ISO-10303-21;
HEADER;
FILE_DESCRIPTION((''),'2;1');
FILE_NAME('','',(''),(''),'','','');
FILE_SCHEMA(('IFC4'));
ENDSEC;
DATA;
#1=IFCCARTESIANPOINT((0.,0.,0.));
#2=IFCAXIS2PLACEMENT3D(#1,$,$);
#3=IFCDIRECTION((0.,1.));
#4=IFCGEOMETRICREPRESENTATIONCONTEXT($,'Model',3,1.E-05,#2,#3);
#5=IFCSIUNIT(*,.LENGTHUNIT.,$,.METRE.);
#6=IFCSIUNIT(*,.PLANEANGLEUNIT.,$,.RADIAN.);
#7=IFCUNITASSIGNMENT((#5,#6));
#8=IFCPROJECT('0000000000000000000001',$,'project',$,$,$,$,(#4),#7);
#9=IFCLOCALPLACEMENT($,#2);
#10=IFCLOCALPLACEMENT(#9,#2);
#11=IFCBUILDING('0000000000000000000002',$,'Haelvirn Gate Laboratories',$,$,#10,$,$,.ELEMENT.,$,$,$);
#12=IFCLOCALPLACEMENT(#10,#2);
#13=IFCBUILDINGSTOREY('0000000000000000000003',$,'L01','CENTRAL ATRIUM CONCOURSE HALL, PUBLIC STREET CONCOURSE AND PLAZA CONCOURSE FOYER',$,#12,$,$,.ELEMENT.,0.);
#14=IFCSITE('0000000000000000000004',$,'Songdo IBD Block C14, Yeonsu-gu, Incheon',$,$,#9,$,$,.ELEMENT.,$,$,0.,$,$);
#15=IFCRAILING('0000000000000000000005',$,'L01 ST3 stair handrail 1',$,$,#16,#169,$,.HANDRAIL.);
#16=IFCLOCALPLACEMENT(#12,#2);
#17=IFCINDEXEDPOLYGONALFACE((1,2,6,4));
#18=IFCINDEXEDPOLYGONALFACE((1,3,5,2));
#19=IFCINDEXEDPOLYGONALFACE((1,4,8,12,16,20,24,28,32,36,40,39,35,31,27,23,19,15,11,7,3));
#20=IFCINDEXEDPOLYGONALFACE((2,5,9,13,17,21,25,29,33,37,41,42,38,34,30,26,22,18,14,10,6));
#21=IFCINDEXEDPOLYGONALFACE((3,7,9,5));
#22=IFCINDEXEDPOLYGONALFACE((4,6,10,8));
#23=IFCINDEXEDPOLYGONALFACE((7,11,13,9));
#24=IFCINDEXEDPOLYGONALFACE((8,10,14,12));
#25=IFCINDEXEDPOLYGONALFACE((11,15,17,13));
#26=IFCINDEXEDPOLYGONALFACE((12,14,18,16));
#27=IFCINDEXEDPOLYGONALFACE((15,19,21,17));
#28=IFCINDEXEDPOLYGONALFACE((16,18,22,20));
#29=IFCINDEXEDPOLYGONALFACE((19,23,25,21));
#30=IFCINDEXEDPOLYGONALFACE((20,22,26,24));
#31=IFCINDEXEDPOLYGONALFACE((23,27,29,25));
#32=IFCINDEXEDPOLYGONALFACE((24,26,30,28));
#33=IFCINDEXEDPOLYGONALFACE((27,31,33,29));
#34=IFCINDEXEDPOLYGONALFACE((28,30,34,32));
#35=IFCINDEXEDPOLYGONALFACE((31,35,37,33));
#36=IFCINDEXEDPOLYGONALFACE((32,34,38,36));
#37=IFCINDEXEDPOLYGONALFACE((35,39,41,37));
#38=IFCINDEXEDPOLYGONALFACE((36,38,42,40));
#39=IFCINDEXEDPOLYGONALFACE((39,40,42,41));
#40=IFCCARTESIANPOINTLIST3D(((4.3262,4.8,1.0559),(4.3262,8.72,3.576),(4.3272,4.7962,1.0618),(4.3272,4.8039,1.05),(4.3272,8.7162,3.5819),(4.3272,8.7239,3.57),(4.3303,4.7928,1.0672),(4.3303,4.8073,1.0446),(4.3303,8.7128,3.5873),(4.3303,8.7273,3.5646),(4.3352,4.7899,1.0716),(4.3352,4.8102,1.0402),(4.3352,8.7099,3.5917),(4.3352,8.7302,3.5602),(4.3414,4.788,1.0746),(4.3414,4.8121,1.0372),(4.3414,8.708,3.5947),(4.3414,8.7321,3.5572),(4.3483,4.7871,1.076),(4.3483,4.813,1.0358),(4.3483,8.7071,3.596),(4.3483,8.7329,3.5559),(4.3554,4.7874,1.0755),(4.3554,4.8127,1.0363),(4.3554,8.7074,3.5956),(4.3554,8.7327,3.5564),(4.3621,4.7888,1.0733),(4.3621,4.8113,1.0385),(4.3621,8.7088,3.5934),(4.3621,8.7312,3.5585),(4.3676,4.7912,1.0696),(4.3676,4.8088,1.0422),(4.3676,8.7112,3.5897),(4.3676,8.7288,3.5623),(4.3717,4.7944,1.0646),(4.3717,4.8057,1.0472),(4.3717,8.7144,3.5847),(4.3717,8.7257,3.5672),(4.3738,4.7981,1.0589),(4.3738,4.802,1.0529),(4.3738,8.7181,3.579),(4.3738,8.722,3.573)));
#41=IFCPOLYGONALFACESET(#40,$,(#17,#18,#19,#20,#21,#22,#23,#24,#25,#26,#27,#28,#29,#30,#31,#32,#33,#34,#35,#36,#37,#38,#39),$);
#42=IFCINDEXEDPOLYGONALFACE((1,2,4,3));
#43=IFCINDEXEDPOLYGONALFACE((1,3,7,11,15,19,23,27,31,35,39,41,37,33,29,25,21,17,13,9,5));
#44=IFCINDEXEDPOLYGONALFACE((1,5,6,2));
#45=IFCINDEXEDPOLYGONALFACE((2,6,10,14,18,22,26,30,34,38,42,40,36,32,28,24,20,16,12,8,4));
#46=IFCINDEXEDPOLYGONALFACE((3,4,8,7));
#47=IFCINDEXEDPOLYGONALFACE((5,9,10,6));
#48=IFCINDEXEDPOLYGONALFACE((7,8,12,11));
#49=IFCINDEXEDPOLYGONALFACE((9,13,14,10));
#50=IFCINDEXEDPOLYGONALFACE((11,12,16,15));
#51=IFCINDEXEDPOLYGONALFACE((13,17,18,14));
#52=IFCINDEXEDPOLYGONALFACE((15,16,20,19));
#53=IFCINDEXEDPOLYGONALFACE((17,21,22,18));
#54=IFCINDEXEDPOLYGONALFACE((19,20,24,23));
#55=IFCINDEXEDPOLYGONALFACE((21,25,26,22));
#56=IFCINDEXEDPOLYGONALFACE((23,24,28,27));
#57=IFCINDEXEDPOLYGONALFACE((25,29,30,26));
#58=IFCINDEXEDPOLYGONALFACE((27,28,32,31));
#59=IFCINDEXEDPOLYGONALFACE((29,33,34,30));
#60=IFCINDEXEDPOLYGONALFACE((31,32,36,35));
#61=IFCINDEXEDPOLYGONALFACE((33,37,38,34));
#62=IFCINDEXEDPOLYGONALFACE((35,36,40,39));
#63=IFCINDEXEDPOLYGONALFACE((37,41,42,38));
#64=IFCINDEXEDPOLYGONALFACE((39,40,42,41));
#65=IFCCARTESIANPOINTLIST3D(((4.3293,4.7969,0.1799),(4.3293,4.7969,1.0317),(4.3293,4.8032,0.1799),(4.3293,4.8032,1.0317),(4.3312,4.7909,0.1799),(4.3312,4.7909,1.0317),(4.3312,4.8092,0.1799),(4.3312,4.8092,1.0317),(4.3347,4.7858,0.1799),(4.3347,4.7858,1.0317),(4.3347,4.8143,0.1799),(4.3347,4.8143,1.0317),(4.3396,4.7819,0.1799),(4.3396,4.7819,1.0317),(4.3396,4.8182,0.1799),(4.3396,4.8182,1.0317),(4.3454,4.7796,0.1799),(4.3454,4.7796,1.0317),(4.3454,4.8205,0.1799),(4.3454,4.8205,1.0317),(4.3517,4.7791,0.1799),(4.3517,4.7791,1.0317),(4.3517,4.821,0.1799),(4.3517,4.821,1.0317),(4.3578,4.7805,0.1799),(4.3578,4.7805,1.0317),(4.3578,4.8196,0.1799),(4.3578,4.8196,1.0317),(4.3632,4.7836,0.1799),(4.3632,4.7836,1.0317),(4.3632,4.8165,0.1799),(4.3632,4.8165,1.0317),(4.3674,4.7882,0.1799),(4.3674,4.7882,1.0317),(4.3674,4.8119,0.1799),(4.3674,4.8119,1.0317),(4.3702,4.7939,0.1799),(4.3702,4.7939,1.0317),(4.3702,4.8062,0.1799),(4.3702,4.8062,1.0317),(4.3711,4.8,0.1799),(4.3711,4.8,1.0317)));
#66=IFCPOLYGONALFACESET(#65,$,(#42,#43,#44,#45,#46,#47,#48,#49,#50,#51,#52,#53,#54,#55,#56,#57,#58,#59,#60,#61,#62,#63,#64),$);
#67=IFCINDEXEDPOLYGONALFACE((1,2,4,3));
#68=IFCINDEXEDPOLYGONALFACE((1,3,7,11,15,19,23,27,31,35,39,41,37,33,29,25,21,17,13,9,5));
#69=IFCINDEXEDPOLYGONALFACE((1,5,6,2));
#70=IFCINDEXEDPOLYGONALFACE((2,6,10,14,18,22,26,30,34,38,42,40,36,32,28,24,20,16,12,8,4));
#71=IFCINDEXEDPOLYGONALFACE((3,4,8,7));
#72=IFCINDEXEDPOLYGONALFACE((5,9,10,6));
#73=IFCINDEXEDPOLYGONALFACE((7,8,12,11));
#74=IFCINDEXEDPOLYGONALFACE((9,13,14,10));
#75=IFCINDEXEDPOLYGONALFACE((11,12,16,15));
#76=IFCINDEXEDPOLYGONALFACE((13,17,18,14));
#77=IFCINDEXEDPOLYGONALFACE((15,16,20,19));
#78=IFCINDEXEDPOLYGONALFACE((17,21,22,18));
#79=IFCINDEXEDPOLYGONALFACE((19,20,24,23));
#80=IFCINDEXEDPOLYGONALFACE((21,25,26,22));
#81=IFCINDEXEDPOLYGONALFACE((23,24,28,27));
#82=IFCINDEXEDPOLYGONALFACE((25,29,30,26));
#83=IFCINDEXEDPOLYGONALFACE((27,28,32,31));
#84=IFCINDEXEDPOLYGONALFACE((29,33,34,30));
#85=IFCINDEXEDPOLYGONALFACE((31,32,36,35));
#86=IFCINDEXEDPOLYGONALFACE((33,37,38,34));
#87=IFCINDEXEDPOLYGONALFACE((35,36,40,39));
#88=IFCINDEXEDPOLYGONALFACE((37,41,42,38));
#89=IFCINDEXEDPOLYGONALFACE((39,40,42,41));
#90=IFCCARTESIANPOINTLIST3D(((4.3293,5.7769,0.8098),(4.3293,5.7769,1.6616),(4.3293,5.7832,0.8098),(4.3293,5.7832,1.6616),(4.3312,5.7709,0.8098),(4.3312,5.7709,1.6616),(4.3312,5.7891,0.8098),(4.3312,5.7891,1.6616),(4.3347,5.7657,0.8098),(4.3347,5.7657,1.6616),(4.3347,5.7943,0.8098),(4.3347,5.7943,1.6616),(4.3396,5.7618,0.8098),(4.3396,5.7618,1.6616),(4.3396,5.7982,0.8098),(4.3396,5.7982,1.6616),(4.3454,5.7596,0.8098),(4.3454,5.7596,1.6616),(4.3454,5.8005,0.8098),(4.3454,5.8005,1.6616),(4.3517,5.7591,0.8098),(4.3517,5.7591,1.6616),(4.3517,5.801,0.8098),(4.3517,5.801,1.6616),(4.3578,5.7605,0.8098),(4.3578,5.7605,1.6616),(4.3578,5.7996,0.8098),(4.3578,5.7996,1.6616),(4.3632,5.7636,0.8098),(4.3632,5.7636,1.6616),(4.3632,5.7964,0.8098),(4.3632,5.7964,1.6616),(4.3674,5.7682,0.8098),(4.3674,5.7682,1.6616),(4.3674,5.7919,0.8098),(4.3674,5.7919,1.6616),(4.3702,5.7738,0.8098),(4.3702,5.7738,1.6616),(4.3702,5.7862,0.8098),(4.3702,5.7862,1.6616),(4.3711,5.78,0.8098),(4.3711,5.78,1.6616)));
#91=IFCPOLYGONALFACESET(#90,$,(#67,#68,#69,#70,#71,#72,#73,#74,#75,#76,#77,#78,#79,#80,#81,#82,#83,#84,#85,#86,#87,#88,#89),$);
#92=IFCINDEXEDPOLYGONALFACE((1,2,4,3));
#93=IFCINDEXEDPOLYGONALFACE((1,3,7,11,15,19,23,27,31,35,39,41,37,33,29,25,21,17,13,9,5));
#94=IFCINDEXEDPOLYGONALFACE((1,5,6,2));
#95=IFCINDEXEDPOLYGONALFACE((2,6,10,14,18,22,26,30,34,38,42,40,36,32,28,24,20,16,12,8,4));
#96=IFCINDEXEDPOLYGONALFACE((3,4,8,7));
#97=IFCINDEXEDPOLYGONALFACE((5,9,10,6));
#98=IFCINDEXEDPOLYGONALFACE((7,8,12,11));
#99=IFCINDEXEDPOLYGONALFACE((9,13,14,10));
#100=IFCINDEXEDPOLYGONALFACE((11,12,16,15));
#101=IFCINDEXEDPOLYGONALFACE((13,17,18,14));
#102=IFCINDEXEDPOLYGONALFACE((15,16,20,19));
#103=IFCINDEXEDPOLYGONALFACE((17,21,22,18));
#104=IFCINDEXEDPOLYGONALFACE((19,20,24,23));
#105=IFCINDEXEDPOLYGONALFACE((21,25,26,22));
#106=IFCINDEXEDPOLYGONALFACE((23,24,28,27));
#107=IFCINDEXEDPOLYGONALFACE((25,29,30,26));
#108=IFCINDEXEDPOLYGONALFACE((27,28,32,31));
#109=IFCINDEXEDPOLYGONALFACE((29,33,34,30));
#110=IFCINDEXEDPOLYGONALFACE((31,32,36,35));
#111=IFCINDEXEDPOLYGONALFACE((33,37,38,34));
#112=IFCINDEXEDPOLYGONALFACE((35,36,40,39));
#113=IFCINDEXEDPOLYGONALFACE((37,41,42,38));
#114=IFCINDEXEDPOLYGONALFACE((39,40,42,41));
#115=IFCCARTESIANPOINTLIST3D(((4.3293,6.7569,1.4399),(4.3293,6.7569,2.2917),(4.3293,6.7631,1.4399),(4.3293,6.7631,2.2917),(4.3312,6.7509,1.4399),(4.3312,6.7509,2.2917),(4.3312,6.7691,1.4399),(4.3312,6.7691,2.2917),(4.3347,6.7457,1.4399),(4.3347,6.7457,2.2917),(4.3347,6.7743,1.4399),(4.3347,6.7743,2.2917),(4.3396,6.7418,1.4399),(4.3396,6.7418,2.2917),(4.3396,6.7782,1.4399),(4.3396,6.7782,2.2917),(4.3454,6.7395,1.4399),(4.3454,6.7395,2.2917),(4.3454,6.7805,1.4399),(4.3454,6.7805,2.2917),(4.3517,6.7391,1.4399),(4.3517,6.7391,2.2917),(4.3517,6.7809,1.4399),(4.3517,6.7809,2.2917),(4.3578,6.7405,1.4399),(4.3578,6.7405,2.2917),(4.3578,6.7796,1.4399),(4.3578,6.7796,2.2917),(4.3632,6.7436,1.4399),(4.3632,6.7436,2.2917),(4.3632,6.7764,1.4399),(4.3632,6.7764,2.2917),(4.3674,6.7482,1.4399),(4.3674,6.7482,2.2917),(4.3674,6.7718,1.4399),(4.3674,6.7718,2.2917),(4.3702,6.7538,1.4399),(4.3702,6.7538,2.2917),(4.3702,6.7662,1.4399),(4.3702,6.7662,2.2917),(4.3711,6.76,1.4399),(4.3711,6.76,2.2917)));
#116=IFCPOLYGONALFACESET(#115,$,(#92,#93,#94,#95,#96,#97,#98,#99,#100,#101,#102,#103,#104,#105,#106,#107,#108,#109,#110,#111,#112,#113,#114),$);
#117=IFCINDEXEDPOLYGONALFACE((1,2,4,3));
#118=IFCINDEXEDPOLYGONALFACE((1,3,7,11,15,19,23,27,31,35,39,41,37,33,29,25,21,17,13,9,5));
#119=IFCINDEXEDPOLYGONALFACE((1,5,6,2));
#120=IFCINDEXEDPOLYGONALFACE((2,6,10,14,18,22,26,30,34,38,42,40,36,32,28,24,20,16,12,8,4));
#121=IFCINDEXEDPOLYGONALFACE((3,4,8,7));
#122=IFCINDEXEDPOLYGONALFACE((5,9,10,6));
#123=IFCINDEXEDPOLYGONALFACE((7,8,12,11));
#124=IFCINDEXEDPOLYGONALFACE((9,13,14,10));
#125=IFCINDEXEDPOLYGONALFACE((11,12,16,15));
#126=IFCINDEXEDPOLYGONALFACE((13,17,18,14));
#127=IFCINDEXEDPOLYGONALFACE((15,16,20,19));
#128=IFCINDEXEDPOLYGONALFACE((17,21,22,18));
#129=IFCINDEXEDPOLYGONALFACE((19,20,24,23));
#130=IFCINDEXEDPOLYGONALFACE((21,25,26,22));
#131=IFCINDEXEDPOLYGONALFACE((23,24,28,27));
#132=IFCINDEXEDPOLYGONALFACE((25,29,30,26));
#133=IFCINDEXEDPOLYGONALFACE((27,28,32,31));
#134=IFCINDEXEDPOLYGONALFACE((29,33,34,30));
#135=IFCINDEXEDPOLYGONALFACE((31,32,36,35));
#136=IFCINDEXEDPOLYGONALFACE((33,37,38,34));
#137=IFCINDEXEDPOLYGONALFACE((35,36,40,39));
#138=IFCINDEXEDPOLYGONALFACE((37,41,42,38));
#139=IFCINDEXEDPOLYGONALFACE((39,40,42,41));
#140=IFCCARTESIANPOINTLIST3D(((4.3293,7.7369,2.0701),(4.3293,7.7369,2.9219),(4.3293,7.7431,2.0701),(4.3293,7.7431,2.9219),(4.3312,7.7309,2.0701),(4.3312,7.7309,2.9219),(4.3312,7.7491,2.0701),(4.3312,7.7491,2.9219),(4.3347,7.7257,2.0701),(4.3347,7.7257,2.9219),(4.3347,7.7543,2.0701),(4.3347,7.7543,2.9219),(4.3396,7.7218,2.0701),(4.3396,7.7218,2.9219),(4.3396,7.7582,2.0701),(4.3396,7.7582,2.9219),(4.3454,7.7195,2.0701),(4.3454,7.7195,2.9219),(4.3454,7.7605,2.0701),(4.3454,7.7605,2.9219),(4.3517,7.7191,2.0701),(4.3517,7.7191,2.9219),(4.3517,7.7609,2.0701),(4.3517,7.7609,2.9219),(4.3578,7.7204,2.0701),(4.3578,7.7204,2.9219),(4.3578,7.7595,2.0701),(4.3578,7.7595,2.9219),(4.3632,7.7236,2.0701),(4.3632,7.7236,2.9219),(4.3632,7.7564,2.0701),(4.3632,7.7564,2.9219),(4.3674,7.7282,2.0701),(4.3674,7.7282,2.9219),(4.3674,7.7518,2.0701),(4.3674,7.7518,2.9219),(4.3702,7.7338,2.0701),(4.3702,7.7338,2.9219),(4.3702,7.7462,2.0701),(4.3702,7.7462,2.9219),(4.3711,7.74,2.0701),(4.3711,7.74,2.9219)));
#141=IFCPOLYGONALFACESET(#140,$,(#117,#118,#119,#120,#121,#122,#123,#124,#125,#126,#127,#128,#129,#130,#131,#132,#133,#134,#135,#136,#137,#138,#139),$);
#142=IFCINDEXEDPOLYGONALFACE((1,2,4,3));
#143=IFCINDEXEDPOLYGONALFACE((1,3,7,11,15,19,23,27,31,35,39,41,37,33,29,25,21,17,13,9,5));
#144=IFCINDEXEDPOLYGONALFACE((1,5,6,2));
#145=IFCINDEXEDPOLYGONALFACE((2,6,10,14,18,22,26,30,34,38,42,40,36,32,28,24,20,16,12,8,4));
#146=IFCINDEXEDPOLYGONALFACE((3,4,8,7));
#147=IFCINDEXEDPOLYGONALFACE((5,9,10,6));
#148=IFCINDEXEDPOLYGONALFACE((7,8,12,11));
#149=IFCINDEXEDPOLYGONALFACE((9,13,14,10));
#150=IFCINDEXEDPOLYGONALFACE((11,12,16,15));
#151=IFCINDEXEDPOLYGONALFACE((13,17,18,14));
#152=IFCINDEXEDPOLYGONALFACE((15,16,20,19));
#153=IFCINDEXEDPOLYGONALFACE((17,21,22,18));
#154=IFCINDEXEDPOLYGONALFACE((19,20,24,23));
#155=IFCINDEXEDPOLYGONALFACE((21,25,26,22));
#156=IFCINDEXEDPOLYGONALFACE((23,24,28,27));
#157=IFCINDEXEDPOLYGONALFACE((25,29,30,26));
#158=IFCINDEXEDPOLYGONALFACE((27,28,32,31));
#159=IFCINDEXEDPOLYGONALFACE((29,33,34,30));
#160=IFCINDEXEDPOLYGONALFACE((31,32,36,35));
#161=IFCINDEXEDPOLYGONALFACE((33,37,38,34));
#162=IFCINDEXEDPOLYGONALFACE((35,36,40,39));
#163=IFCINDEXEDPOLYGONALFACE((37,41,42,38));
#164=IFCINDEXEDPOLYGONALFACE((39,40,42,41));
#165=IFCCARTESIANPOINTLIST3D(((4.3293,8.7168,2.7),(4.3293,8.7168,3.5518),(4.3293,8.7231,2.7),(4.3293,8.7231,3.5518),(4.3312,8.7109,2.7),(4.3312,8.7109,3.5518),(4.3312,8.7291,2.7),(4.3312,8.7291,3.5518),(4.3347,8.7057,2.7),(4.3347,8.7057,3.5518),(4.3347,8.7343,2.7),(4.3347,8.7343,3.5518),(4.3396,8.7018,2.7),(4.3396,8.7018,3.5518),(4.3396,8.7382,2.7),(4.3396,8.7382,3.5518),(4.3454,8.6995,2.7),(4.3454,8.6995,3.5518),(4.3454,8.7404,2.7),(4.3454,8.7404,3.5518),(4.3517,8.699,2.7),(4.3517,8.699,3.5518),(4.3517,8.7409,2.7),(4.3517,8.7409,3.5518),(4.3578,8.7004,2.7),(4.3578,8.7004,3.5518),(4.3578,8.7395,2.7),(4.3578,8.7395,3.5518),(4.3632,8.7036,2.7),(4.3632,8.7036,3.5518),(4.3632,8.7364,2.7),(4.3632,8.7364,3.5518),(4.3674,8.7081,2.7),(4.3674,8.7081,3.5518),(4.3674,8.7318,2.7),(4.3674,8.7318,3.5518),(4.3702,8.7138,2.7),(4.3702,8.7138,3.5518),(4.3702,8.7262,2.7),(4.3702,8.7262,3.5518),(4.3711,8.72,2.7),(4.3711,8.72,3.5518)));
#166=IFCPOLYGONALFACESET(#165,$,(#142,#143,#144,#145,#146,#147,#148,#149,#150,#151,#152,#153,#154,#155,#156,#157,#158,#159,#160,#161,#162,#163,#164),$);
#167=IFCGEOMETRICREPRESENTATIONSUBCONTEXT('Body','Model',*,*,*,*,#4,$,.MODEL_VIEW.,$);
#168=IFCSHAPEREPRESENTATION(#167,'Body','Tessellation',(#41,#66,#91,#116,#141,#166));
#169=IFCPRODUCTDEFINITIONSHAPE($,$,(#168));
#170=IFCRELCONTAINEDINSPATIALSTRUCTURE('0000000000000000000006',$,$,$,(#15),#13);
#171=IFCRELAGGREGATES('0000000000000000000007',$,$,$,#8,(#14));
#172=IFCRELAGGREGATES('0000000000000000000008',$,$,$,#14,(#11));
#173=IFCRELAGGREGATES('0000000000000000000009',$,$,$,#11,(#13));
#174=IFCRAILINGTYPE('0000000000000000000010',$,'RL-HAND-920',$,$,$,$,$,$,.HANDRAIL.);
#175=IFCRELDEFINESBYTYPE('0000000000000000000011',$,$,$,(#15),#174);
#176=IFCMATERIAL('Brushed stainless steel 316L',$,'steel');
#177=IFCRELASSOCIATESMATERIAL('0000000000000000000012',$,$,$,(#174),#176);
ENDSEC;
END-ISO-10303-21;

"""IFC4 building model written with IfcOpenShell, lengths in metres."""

from ifc_helpers import new_model, si_unit, direction, frame, origin, origin_2d, place, context, subcontext, project, spatial, circle, extrude, source, transform, mapped, material, type_object, type_shapes, element, save


model = new_model("IFC4")

# Units and contexts
model_context = context("Model", 3, precision=1e-05, world=origin(), true_north=direction((0.0, 1.0)))
body_context = subcontext(model_context, "Body", "Model", "MODEL_VIEW")
ifc_project = project(units=[si_unit("LENGTHUNIT", "METRE"), si_unit("PLANEANGLEUNIT", "RADIAN")], contexts=[model_context])

# Site, building, storey
site_placement = place(None, origin())
site = spatial("IfcSite", under=ifc_project, at=site_placement, Name="Songdo IBD Block C14, Yeonsu-gu, Incheon", CompositionType="ELEMENT", RefElevation=0.0)
building_placement = place(site_placement, origin())
building = spatial("IfcBuilding", under=site, at=building_placement, Name="Haelvirn Gate Laboratories", CompositionType="ELEMENT")
storey_placement = place(building_placement, origin())
storey = spatial("IfcBuildingStorey", under=building, at=storey_placement, Name="L01", Description="CENTRAL ATRIUM CONCOURSE HALL, PUBLIC STREET CONCOURSE AND PLAZA CONCOURSE FOYER", CompositionType="ELEMENT", Elevation=0.0)

# Railing
ifc_material_1 = material(Name="Brushed stainless steel 316L", Category="steel")
railing_type_1 = type_object("IfcRailingType", Name="RL-HAND-920", PredefinedType="HANDRAIL", material=ifc_material_1)
shared_shape_1 = source(origin(), body_context, "Body", "SweptSolid", [
    extrude(circle(Radius=0.0239, at=origin_2d()), frame((0.0, 0.0, 0.876), z_axis=(0.0, 0.841172, 0.540768), x_axis=(-1.0, 0.0, 0.0)), (0.0, 0.0, 1.0), 4.6602),
    extrude(circle(Radius=0.021, at=origin_2d()), origin(), (0.0, 0.0, 1.0), 0.8518),
    extrude(circle(Radius=0.021, at=origin_2d()), frame((0.0, 0.98, 0.6299)), (0.0, 0.0, 1.0), 0.8518),
    extrude(circle(Radius=0.021, at=origin_2d()), frame((0.0, 1.96, 1.26)), (0.0, 0.0, 1.0), 0.8518),
    extrude(circle(Radius=0.021, at=origin_2d()), frame((0.0, 2.9399, 1.8901)), (0.0, 0.0, 1.0), 0.8518),
    extrude(circle(Radius=0.021, at=origin_2d()), frame((0.0, 3.9199, 2.52)), (0.0, 0.0, 1.0), 0.8518),
])
type_shapes(railing_type_1, [shared_shape_1])
railing_1_placement = place(storey_placement, frame((4.3501, 4.8, 0.1799)))
element("IfcRailing", 1, at=railing_1_placement, inside=storey, type_object=railing_type_1, Name="L01 ST3 stair handrail 1", PredefinedType="HANDRAIL", context=body_context, shape_type="MappedRepresentation", body=[
    mapped(shared_shape_1, transform((0.0, 0.0, 0.0), scale=1.0)),
])

save(model, "model.ifc")
